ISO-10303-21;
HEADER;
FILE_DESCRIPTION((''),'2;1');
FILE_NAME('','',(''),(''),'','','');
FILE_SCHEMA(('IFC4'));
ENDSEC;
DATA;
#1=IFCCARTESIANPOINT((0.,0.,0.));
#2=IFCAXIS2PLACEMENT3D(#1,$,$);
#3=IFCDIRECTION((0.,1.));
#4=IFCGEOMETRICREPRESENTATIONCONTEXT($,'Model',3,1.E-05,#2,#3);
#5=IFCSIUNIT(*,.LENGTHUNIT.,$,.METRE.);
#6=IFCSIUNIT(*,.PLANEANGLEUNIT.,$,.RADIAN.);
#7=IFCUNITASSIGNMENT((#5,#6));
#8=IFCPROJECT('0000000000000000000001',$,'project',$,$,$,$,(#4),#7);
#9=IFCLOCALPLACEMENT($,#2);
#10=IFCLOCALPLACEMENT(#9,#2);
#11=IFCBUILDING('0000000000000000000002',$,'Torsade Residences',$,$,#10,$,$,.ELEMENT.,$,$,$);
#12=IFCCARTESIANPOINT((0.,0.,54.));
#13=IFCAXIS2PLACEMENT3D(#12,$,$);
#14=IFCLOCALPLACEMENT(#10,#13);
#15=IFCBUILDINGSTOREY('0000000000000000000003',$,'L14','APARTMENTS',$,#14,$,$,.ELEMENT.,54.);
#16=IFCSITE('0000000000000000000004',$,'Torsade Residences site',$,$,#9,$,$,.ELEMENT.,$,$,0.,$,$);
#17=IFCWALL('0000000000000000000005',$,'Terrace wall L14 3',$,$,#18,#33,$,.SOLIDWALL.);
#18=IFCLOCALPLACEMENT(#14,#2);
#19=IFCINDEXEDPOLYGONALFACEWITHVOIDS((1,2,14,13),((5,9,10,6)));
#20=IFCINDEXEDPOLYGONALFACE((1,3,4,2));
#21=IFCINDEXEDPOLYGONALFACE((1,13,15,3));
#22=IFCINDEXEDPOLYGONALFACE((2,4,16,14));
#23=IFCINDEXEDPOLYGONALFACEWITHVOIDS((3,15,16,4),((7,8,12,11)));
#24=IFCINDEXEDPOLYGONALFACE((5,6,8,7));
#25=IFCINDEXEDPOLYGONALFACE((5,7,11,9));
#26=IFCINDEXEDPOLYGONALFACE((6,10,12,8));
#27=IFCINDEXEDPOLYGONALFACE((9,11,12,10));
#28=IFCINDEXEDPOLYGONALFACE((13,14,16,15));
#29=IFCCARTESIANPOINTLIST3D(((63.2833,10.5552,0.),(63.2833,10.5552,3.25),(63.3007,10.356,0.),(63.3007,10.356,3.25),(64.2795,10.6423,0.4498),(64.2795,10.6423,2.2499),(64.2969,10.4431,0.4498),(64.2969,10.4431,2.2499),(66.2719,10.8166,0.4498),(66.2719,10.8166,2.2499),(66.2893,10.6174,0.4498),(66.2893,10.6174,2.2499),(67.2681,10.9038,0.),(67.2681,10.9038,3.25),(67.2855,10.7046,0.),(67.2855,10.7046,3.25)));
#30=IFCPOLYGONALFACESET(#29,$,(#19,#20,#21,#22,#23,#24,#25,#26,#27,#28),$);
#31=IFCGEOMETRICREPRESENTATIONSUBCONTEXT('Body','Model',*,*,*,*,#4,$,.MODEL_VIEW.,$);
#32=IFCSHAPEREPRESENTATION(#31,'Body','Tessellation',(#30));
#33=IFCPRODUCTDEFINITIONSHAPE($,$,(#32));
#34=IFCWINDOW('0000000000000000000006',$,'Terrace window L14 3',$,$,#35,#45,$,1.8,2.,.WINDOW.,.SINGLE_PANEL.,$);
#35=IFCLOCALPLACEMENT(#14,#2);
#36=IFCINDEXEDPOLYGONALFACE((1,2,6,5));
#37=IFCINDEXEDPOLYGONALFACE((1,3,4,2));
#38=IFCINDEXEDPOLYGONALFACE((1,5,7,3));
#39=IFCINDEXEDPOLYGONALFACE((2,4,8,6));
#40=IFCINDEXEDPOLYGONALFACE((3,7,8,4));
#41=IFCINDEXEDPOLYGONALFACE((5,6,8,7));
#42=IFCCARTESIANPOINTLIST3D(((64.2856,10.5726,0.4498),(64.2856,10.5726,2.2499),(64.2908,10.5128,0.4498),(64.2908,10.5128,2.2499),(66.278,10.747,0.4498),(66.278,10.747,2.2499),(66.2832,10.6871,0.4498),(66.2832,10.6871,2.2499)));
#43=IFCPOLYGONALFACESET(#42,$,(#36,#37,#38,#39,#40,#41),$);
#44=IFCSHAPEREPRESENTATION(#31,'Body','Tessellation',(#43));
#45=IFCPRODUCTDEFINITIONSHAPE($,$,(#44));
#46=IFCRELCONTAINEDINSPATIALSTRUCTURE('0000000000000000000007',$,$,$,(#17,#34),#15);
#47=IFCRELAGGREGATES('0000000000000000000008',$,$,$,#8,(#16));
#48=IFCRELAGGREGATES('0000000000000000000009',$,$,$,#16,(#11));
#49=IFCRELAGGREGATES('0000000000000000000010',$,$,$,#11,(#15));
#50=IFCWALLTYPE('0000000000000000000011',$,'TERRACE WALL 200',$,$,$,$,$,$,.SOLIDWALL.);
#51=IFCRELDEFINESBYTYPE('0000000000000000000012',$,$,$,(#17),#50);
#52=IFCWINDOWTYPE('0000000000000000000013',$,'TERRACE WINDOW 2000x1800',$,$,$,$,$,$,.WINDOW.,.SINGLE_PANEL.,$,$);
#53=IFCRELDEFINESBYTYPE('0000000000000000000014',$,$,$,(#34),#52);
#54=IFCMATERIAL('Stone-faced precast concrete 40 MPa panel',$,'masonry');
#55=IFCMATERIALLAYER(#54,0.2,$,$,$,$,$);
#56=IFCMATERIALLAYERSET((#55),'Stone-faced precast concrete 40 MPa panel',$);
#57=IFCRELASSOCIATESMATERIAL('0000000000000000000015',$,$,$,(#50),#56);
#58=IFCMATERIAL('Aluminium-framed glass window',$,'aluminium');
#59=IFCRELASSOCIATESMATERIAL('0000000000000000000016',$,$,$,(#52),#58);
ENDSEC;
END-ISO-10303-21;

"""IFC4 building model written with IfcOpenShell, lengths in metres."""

from ifc_helpers import new_model, si_unit, direction, frame, frame_2d, origin, place, context, subcontext, project, spatial, rectangle, extrude, material, layer, layer_set, type_object, element, fill, save


model = new_model("IFC4")

# Units and contexts
model_context = context("Model", 3, precision=1e-05, world=origin(), true_north=direction((0.0, 1.0)))
body_context = subcontext(model_context, "Body", "Model", "MODEL_VIEW")
ifc_project = project(units=[si_unit("LENGTHUNIT", "METRE"), si_unit("PLANEANGLEUNIT", "RADIAN")], contexts=[model_context])

# Site, building, storey
site_placement = place(None, origin())
site = spatial("IfcSite", under=ifc_project, at=site_placement, Name="Torsade Residences site", CompositionType="ELEMENT", RefElevation=0.0)
building_placement = place(site_placement, origin())
building = spatial("IfcBuilding", under=site, at=building_placement, Name="Torsade Residences", CompositionType="ELEMENT")
storey_placement = place(building_placement, frame((0.0, 0.0, 54.0)))
storey = spatial("IfcBuildingStorey", under=building, at=storey_placement, Name="L14", Description="APARTMENTS", CompositionType="ELEMENT", Elevation=54.0)

# Shared definitions
ifc_material_1 = material(Name="Stone-faced precast concrete 40 MPa panel", Category="masonry")
ifc_layer_1 = layer(ifc_material_1, 0.2)
ifc_layer_set_1 = layer_set([ifc_layer_1], Name="Stone-faced precast concrete 40 MPa panel")
wall_type = type_object("IfcWallType", Name="TERRACE WALL 200", PredefinedType="SOLIDWALL", material=ifc_layer_set_1)

# Wall, opening, window
wall_1_placement = place(storey_placement, frame((63.292, 10.4556, 0.0), z_axis=(0.0, 0.0, 1.0), x_axis=(0.996195, 0.087156, 0.0)))
wall_1 = element("IfcWall", 1, at=wall_1_placement, inside=storey, type_object=wall_type, Name="Terrace wall L14 3", PredefinedType="SOLIDWALL", context=body_context, shape_type="SweptSolid", body=[
    extrude(rectangle(XDim=4.0, YDim=0.2, at=frame_2d((2.0, 0.0))), origin(), (0.0, 0.0, 1.0), 3.25),
])
opening_1_placement = place(wall_1_placement, frame((1.0, 0.0, 0.45)))
opening_1 = element("IfcOpeningElement", 2, at=opening_1_placement, cuts=wall_1, PredefinedType="OPENING", context=body_context, shape_type="SweptSolid", body=[
    extrude(rectangle(XDim=2.0, YDim=1.8, at=frame_2d((1.0, 0.8999))), frame((0.0, 0.1099, 0.0), z_axis=(0.0, -1.0, 0.0), x_axis=(1.0, 0.0, 0.0)), (0.0, 0.0, 1.0), 0.22),
])
ifc_material_2 = material(Name="Aluminium-framed glass window", Category="aluminium")
window_type = type_object("IfcWindowType", Name="TERRACE WINDOW 2000x1800", PartitioningType="SINGLE_PANEL", PredefinedType="WINDOW", material=ifc_material_2)
window_placement = place(opening_1_placement, origin())
window = element("IfcWindow", 3, at=window_placement, inside=storey, type_object=window_type, Name="Terrace window L14 3", OverallHeight=1.8, OverallWidth=2.0, PartitioningType="SINGLE_PANEL", PredefinedType="WINDOW", context=body_context, shape_type="SweptSolid", body=[
    extrude(rectangle(XDim=2.0, YDim=1.8, at=frame_2d((1.0, 0.8999))), frame((0.0, 0.03, 0.0), z_axis=(0.0, -1.0, 0.0), x_axis=(1.0, 0.0, 0.0)), (0.0, 0.0, 1.0), 0.0601),
])
fill(opening_1, window)

save(model, "model.ifc")
